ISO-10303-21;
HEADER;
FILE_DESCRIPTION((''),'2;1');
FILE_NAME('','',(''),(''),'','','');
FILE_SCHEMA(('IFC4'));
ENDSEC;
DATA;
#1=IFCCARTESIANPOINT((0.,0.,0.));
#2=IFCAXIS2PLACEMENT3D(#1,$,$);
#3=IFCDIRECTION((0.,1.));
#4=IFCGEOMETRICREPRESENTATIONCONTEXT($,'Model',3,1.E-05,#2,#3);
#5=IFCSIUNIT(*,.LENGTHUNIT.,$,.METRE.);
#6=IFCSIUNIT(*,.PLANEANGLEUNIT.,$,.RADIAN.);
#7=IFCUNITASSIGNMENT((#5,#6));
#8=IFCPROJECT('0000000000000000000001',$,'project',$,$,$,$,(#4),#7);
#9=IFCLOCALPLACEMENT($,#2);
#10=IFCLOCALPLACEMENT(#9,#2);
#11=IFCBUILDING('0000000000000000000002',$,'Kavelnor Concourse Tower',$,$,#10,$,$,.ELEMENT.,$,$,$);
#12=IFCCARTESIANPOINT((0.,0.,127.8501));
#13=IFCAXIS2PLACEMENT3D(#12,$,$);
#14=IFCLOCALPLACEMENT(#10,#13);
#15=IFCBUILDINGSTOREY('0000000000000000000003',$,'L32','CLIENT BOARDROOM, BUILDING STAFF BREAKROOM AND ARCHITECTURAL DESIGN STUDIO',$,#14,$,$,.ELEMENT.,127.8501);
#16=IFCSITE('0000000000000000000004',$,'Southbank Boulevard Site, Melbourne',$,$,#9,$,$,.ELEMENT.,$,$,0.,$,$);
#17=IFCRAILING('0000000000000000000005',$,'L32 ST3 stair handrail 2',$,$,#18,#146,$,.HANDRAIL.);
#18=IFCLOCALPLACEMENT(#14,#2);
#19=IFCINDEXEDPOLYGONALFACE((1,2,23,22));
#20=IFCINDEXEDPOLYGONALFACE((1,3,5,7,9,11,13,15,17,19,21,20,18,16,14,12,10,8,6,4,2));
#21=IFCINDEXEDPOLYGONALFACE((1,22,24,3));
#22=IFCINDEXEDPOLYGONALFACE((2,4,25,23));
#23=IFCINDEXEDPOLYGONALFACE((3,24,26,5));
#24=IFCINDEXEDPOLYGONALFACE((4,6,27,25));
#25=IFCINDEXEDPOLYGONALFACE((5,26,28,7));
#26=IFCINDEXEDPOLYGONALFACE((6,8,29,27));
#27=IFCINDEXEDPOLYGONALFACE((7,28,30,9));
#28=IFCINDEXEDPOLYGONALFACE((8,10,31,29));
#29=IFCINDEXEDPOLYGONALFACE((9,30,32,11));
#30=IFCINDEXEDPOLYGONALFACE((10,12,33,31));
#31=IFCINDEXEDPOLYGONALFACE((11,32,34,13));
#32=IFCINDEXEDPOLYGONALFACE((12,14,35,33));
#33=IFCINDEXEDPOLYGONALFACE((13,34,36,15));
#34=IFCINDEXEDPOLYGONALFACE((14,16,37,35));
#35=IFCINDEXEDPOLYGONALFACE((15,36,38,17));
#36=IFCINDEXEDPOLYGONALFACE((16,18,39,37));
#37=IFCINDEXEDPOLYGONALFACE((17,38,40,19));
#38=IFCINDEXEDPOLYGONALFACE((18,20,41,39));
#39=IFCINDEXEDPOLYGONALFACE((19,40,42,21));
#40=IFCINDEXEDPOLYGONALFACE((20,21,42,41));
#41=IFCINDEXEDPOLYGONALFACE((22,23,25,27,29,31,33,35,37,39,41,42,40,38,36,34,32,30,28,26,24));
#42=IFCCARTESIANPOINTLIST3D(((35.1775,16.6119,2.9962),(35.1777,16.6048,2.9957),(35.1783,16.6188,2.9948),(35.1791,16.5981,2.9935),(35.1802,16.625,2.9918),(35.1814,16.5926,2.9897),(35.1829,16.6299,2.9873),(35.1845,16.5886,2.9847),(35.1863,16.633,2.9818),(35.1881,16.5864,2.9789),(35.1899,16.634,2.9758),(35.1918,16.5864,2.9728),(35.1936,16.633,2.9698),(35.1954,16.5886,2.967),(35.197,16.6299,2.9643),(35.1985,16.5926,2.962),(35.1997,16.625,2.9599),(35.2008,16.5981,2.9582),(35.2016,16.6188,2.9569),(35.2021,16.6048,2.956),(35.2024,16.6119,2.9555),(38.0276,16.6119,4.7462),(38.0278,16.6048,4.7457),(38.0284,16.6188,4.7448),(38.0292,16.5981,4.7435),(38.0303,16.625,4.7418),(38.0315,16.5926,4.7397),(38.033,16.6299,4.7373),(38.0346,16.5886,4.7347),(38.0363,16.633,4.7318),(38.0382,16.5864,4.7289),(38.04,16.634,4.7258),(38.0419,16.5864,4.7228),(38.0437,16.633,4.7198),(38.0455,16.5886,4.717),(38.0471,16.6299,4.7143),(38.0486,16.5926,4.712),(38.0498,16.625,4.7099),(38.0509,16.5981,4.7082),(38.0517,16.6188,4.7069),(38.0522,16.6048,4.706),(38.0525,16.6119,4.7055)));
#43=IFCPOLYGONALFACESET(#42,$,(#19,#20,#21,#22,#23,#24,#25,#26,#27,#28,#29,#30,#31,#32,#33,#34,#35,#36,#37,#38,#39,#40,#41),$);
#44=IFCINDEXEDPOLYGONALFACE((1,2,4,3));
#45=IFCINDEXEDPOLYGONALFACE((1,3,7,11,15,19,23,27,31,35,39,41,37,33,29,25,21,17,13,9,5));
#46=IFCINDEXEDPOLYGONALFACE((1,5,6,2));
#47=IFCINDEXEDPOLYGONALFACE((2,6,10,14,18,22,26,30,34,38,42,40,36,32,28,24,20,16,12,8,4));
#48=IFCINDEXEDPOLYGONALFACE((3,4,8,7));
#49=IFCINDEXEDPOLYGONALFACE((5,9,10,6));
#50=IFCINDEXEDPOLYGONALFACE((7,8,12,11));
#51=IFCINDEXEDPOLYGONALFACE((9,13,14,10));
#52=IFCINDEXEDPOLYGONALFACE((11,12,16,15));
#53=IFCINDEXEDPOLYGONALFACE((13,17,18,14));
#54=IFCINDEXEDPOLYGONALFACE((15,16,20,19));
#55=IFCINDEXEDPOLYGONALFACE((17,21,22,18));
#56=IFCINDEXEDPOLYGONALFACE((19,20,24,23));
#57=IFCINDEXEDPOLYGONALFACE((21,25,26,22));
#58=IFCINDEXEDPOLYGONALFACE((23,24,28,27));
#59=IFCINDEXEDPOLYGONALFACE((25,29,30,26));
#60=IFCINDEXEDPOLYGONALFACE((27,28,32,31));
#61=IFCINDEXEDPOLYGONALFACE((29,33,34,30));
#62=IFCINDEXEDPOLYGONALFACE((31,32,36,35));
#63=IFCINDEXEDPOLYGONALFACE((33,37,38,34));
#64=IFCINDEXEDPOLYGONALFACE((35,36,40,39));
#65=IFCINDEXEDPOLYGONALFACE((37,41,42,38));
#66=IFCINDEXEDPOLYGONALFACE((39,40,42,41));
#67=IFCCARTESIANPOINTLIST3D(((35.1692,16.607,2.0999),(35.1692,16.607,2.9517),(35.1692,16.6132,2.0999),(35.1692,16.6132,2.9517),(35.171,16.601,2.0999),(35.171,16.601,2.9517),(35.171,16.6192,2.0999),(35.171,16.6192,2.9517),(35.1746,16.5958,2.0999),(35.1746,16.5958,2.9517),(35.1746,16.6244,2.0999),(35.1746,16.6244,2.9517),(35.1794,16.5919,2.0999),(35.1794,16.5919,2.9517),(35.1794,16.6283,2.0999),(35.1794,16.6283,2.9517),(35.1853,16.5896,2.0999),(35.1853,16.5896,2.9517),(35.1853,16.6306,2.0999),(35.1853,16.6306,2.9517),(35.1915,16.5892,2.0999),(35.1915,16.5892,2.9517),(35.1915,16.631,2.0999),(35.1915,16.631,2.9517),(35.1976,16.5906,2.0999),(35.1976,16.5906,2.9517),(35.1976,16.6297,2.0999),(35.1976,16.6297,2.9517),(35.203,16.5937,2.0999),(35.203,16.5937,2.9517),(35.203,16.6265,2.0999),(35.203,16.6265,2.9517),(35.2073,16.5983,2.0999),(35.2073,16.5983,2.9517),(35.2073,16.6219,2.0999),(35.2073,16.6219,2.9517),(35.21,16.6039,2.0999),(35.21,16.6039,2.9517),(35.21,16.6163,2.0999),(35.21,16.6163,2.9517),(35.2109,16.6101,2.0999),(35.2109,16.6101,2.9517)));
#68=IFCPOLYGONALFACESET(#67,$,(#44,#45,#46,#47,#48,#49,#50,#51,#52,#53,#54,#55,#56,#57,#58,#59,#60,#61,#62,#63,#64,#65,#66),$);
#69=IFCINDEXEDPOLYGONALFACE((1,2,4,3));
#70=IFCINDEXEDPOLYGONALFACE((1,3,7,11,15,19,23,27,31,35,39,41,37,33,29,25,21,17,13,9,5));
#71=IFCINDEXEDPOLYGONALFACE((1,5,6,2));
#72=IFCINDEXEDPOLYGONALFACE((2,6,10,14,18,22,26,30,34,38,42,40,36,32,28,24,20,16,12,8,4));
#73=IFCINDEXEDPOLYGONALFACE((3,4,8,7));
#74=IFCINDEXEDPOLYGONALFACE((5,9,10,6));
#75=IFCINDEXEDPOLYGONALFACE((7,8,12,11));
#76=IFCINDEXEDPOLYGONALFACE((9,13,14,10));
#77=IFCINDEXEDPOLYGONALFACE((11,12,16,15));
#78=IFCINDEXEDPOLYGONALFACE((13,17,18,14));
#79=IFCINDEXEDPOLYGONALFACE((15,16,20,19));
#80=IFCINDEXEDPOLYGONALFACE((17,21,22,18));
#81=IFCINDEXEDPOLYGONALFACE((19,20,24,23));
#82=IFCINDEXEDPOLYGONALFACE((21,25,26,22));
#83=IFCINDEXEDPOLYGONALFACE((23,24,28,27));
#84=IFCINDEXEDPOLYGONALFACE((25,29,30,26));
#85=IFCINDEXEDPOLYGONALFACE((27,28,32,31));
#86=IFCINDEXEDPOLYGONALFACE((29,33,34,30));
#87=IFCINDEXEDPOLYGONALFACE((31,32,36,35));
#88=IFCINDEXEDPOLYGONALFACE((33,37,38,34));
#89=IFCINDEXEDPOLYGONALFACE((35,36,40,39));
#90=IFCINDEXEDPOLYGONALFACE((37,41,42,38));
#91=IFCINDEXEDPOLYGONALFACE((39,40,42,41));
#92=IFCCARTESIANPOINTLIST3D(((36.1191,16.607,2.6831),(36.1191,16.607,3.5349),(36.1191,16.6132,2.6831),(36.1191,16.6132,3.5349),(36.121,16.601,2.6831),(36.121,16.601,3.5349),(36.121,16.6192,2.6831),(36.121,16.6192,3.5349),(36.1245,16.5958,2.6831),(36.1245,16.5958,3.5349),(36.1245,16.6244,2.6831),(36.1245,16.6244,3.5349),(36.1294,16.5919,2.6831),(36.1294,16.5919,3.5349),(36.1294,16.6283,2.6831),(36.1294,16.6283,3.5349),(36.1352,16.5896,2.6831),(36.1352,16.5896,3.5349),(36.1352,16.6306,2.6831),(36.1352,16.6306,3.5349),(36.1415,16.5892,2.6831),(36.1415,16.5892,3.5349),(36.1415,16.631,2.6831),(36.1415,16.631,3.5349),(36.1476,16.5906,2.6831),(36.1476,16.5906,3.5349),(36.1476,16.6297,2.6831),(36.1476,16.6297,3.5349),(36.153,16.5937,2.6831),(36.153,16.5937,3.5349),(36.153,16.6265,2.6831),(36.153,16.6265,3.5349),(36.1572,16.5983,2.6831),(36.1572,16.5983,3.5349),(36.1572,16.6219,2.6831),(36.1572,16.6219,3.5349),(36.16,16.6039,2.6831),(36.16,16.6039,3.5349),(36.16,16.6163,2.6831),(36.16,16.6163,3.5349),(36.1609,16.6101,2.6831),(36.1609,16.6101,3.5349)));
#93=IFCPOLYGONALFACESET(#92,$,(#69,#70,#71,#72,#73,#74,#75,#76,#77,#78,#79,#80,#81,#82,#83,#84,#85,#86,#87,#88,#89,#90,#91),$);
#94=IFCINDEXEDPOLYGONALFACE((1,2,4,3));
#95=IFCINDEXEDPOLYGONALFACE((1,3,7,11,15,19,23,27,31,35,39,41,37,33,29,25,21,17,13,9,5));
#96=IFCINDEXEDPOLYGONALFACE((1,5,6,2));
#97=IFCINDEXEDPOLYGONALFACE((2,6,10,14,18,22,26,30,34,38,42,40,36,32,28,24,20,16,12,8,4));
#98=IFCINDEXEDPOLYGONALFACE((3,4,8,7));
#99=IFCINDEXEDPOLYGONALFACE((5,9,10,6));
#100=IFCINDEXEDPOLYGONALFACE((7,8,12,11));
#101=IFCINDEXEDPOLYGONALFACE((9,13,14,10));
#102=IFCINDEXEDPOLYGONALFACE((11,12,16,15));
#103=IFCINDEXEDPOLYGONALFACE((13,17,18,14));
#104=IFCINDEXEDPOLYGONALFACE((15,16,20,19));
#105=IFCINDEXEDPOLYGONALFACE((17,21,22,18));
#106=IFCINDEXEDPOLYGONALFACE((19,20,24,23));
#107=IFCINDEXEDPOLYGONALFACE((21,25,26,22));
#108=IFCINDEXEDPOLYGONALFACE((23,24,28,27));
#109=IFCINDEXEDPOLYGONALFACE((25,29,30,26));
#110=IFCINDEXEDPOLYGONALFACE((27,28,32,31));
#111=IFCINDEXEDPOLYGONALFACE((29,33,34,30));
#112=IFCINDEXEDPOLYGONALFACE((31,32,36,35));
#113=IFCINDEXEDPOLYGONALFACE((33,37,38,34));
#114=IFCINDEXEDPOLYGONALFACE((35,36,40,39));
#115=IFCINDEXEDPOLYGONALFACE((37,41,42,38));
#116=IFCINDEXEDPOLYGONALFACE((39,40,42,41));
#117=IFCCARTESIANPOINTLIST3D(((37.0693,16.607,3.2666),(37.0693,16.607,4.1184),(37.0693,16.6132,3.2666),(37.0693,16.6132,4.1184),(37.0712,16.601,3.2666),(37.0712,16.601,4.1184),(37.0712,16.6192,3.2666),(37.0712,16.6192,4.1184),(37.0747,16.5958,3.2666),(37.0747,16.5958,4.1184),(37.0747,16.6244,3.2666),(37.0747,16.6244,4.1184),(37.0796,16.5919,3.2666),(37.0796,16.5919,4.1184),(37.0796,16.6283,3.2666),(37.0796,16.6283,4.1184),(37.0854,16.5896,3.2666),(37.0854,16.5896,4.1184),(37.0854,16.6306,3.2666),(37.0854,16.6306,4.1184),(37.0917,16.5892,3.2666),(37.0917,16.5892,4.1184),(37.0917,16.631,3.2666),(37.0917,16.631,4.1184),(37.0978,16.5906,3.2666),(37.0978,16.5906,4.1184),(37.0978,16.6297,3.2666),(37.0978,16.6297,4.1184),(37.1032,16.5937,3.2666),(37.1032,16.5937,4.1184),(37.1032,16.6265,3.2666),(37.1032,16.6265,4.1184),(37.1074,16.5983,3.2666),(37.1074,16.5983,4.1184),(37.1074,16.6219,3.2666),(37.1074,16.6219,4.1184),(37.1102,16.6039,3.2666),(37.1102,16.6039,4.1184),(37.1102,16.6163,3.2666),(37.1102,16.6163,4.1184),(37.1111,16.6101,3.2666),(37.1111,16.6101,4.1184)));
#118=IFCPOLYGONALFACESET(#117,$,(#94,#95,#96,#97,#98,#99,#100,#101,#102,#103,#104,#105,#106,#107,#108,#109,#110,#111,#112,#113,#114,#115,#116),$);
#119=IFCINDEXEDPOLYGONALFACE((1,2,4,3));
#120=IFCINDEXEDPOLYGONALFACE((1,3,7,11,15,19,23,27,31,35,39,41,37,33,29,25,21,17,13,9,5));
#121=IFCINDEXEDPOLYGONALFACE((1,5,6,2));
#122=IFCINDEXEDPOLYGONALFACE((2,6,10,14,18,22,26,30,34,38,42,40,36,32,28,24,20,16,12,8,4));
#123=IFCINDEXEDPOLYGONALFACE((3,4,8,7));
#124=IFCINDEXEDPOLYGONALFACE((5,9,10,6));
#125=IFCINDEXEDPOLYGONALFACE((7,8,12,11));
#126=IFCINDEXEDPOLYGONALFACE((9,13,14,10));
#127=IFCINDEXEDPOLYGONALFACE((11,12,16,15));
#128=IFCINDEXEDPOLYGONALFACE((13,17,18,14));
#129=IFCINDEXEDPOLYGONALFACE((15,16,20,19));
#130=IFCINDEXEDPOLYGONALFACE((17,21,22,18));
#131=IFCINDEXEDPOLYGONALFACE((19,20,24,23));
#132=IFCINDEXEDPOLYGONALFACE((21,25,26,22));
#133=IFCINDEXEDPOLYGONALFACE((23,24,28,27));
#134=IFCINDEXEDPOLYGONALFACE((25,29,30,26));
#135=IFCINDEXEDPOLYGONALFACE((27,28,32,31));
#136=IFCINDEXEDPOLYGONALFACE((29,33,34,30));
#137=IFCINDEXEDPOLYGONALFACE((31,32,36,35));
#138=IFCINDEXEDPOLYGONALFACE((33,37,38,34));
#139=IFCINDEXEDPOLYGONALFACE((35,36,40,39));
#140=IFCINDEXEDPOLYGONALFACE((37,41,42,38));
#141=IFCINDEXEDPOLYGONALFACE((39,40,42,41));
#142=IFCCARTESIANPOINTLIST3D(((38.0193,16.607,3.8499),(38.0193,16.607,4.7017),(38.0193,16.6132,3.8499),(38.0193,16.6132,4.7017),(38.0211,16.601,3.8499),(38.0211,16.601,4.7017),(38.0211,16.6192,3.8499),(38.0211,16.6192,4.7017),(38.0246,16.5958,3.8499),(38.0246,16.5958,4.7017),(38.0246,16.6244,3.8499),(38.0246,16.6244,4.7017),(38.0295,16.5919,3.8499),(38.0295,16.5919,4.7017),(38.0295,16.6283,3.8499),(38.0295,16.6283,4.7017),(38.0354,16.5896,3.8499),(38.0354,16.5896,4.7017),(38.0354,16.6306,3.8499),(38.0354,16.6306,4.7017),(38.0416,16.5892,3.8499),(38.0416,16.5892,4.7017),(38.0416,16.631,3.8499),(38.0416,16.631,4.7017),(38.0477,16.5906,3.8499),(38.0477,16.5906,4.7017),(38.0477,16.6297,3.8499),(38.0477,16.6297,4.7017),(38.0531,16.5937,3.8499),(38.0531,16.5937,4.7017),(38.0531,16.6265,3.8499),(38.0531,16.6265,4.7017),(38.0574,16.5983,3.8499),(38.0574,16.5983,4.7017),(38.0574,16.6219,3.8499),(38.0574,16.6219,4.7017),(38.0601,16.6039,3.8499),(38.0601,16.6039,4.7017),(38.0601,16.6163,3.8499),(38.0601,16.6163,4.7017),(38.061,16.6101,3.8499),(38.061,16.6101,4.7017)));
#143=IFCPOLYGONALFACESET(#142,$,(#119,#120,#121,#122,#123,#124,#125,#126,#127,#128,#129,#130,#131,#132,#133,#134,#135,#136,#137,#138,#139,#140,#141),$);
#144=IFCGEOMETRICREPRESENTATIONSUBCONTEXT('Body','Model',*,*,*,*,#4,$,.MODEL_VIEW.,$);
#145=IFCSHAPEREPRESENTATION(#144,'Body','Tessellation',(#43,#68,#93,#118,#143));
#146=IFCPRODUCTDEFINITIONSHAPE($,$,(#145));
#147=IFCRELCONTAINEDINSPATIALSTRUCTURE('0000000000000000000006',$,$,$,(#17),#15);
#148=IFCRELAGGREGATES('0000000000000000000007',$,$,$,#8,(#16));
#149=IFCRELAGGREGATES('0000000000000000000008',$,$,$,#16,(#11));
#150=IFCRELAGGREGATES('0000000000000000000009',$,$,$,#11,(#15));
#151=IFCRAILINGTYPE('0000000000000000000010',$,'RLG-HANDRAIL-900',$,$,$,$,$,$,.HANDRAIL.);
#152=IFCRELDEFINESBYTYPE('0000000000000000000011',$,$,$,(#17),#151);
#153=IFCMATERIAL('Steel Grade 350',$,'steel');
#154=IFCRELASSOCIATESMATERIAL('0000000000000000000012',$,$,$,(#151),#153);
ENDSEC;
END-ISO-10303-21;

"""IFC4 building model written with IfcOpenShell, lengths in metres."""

from ifc_helpers import new_model, si_unit, direction, frame, origin, origin_2d, place, context, subcontext, project, spatial, circle, extrude, material, type_object, element, save


model = new_model("IFC4")

# Units and contexts
model_context = context("Model", 3, precision=1e-05, world=origin(), true_north=direction((0.0, 1.0)))
body_context = subcontext(model_context, "Body", "Model", "MODEL_VIEW")
ifc_project = project(units=[si_unit("LENGTHUNIT", "METRE"), si_unit("PLANEANGLEUNIT", "RADIAN")], contexts=[model_context])

# Site, building, storey
site_placement = place(None, origin())
site = spatial("IfcSite", under=ifc_project, at=site_placement, Name="Southbank Boulevard Site, Melbourne", CompositionType="ELEMENT", RefElevation=0.0)
building_placement = place(site_placement, origin())
building = spatial("IfcBuilding", under=site, at=building_placement, Name="Kavelnor Concourse Tower", CompositionType="ELEMENT")
storey_placement = place(building_placement, frame((0.0, 0.0, 127.8501)))
storey = spatial("IfcBuildingStorey", under=building, at=storey_placement, Name="L32", Description="CLIENT BOARDROOM, BUILDING STAFF BREAKROOM AND ARCHITECTURAL DESIGN STUDIO", CompositionType="ELEMENT", Elevation=127.8501)

# Shared definitions
ifc_material_1 = material(Name="Steel Grade 350", Category="steel")

# Railing
railing_type = type_object("IfcRailingType", Name="RLG-HANDRAIL-900", PredefinedType="HANDRAIL", material=ifc_material_1)
railing_1_placement = place(storey_placement, frame((35.1899, 16.6101, 2.0999)))
element("IfcRailing", 1, at=railing_1_placement, inside=storey, type_object=railing_type, Name="L32 ST3 stair handrail 2", PredefinedType="HANDRAIL", context=body_context, shape_type="SweptSolid", body=[
    extrude(circle(Radius=0.0239, at=origin_2d()), frame((0.0, 0.0, 0.876), z_axis=(0.852179, 0.0, 0.52325), x_axis=(0.0, 1.0, 0.0)), (0.0, 0.0, 1.0), 3.3445),
    extrude(circle(Radius=0.021, at=origin_2d()), origin(), (0.0, 0.0, 1.0), 0.8518),
    extrude(circle(Radius=0.021, at=origin_2d()), frame((0.95, 0.0, 0.5833)), (0.0, 0.0, 1.0), 0.8518),
    extrude(circle(Radius=0.021, at=origin_2d()), frame((1.9001, 0.0, 1.1667)), (0.0, 0.0, 1.0), 0.8518),
    extrude(circle(Radius=0.021, at=origin_2d()), frame((2.8501, 0.0, 1.75)), (0.0, 0.0, 1.0), 0.8518),
])

save(model, "model.ifc")
